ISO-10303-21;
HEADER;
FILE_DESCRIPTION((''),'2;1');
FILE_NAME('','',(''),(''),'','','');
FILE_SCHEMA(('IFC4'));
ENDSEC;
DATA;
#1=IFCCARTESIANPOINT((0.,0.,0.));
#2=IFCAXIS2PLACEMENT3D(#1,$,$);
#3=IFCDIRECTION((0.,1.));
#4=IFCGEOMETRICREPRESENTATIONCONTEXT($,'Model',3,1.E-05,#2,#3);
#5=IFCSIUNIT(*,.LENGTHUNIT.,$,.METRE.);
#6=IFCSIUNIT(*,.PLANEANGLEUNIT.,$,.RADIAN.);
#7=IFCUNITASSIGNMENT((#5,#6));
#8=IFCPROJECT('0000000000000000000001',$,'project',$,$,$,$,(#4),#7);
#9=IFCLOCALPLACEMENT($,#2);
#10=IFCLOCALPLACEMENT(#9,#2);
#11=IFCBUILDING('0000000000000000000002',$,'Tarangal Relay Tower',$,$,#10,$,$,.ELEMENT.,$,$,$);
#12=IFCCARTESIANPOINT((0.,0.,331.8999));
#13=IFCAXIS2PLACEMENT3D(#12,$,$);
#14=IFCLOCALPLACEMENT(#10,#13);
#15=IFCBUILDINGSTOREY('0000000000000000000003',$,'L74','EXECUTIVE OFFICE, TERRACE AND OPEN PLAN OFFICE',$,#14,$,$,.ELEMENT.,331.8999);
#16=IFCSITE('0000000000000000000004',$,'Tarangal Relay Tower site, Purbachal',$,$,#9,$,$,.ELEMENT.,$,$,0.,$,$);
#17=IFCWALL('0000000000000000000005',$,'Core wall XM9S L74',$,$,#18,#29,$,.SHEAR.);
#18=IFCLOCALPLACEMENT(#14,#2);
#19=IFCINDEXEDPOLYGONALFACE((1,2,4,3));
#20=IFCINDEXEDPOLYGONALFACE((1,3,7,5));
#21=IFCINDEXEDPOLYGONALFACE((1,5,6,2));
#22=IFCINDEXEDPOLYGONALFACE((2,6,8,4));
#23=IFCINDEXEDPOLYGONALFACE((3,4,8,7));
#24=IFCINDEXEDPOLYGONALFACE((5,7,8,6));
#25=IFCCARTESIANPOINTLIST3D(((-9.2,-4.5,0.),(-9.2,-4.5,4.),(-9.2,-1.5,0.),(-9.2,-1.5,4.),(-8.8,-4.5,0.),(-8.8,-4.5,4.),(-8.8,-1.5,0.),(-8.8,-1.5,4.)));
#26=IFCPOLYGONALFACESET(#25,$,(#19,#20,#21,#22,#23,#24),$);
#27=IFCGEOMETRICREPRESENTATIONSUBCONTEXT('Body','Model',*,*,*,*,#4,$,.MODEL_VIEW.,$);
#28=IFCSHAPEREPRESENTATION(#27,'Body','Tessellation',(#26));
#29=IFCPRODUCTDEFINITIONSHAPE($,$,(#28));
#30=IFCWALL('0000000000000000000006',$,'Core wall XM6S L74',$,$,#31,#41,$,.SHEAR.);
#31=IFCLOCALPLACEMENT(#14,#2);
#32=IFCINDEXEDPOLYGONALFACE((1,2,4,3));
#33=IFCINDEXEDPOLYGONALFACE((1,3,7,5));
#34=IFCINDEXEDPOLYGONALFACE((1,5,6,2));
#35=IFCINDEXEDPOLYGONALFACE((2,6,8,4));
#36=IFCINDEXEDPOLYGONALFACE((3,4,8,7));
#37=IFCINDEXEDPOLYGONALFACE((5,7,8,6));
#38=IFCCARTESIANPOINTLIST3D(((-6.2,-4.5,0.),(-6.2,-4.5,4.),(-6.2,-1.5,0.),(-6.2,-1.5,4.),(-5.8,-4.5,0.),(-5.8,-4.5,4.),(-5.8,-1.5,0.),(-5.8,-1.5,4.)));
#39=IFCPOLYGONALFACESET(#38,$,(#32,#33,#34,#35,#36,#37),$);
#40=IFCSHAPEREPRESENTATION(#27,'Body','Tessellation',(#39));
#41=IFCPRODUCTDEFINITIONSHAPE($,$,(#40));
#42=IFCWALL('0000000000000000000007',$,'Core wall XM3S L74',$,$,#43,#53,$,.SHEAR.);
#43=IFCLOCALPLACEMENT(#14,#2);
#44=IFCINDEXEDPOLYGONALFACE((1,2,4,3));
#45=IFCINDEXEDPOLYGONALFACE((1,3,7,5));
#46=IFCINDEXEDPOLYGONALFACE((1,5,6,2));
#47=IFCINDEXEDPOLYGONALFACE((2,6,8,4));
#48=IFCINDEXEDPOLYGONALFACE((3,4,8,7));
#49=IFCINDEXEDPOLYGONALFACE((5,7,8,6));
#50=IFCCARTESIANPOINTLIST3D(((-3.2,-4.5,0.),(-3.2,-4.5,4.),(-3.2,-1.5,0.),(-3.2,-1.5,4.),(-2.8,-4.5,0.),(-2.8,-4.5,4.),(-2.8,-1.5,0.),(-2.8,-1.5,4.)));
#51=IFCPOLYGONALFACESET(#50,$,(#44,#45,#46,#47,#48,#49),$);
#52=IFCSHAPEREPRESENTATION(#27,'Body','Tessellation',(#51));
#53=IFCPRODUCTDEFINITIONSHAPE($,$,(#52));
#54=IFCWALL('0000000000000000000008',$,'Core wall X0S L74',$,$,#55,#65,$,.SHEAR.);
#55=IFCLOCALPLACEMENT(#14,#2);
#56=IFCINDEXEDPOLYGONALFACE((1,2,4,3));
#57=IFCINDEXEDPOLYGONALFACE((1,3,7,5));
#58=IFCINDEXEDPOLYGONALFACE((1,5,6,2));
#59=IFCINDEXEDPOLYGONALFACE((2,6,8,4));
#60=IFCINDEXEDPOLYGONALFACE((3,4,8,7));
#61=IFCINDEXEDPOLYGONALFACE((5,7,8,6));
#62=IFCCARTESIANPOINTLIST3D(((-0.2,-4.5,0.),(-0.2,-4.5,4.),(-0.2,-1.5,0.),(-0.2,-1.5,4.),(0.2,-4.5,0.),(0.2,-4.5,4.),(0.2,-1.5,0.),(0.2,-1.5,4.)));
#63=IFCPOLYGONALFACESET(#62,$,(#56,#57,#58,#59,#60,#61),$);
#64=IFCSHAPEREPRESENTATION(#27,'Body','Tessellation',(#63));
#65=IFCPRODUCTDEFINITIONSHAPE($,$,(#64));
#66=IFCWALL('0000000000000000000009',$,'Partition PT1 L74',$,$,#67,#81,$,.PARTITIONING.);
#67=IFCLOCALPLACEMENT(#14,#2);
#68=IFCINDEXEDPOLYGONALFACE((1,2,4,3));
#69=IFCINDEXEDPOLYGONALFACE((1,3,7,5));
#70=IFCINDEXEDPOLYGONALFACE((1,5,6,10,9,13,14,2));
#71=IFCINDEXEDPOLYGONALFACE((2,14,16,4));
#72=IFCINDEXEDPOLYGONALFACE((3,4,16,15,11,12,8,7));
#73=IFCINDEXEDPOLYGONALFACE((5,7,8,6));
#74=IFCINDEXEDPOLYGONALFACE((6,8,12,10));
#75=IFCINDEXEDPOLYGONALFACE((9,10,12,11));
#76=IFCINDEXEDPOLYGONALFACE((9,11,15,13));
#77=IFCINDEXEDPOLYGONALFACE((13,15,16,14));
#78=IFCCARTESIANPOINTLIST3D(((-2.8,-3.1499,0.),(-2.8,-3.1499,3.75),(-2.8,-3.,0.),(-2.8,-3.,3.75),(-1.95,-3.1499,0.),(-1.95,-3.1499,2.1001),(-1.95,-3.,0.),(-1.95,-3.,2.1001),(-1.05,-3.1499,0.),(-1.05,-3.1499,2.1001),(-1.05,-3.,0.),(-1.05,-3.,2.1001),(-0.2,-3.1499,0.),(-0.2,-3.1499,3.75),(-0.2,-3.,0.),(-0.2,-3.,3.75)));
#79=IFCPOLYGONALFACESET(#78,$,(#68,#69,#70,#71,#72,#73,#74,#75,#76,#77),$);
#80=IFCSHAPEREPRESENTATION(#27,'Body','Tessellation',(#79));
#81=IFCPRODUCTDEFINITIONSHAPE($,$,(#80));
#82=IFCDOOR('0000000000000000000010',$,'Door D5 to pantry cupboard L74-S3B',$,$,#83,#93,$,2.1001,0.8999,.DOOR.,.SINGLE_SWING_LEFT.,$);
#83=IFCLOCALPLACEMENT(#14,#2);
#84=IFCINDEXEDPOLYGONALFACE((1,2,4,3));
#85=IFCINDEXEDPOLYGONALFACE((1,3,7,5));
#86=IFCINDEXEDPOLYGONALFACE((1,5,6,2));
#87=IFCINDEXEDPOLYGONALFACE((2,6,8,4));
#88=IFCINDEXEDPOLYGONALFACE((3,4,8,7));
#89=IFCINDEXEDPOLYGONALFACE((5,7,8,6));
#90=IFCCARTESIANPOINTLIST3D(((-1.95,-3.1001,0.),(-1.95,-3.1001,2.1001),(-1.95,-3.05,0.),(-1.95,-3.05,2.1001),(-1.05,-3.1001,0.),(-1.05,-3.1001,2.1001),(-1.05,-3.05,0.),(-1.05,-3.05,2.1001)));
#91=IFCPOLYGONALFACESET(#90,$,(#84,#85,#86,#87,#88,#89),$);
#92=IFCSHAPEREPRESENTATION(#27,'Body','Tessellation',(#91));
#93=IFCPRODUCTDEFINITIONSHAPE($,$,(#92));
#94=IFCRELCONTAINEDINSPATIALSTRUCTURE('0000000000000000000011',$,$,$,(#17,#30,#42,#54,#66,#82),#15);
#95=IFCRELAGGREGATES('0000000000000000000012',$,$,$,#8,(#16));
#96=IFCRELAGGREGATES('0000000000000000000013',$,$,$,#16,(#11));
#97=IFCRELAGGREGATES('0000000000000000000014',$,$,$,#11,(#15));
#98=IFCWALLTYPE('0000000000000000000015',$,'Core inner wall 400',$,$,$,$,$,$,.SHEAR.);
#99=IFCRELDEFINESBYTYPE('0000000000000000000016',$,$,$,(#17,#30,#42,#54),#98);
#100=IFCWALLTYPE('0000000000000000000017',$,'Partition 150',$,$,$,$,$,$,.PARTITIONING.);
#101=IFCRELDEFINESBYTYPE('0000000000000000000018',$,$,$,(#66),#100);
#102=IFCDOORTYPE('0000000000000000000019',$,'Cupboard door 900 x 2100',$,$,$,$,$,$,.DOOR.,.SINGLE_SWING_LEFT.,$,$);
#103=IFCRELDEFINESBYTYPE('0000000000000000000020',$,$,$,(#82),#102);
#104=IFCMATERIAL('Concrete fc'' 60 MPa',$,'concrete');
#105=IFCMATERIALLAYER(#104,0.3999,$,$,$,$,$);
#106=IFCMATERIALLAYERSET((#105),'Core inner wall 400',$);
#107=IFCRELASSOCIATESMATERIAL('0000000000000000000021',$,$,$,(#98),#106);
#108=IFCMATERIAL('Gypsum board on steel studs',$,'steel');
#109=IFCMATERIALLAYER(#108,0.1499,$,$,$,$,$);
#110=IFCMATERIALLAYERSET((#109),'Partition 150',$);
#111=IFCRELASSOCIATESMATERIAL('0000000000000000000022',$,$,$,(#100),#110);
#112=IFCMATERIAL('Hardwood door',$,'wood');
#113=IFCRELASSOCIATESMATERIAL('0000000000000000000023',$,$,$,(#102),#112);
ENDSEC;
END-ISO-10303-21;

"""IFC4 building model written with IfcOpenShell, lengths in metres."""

from ifc_helpers import new_model, si_unit, direction, frame, frame_2d, origin, place, context, subcontext, project, spatial, rectangle, extrude, material, layer, layer_set, type_object, element, fill, save


model = new_model("IFC4")

# Units and contexts
model_context = context("Model", 3, precision=1e-05, world=origin(), true_north=direction((0.0, 1.0)))
body_context = subcontext(model_context, "Body", "Model", "MODEL_VIEW")
ifc_project = project(units=[si_unit("LENGTHUNIT", "METRE"), si_unit("PLANEANGLEUNIT", "RADIAN")], contexts=[model_context])

# Site, building, storey
site_placement = place(None, origin())
site = spatial("IfcSite", under=ifc_project, at=site_placement, Name="Tarangal Relay Tower site, Purbachal", CompositionType="ELEMENT", RefElevation=0.0)
building_placement = place(site_placement, origin())
building = spatial("IfcBuilding", under=site, at=building_placement, Name="Tarangal Relay Tower", CompositionType="ELEMENT")
storey_placement = place(building_placement, frame((0.0, 0.0, 331.8999)))
storey = spatial("IfcBuildingStorey", under=building, at=storey_placement, Name="L74", Description="EXECUTIVE OFFICE, TERRACE AND OPEN PLAN OFFICE", CompositionType="ELEMENT", Elevation=331.8999)

# Shared definitions
ifc_material_1 = material(Name="Concrete fc' 60 MPa", Category="concrete")
ifc_layer_1 = layer(ifc_material_1, 0.3999)
ifc_layer_set_1 = layer_set([ifc_layer_1], Name="Core inner wall 400")
wall_type_1 = type_object("IfcWallType", Name="Core inner wall 400", PredefinedType="SHEAR", material=ifc_layer_set_1)

# Shared definitions
ifc_material_2 = material(Name="Hardwood door", Category="wood")

# Walls
for number, where, z_axis, x_axis, name in (
    (1, (-9.0, -4.5, 0.0), (0.0, 0.0, 1.0), (0.0, 1.0, 0.0), "Core wall XM9S L74"),
    (2, (-6.0, -4.5, 0.0), (0.0, 0.0, 1.0), (0.0, 1.0, 0.0), "Core wall XM6S L74"),
    (3, (-3.0, -4.5, 0.0), (0.0, 0.0, 1.0), (0.0, 1.0, 0.0), "Core wall XM3S L74"),
    (4, (0.0, -4.5, 0.0), (0.0, 0.0, 1.0), (0.0, 1.0, 0.0), "Core wall X0S L74"),
):
    element("IfcWall", number, at=place(storey_placement, frame(where, z_axis=z_axis, x_axis=x_axis)), inside=storey, type_object=wall_type_1, Name=name, PredefinedType="SHEAR", context=body_context, shape_type="SweptSolid", body=[
        extrude(rectangle(XDim=3.0, YDim=0.3999, at=frame_2d((1.5, 0.0))), origin(), (0.0, 0.0, 1.0), 4.0),
    ])

# Wall, opening, door
ifc_material_3 = material(Name="Gypsum board on steel studs", Category="steel")
ifc_layer_2 = layer(ifc_material_3, 0.1499)
ifc_layer_set_2 = layer_set([ifc_layer_2], Name="Partition 150")
wall_type_2 = type_object("IfcWallType", Name="Partition 150", PredefinedType="PARTITIONING", material=ifc_layer_set_2)
wall_1_placement = place(storey_placement, frame((-2.8, -3.075, 0.0), z_axis=(0.0, 0.0, 1.0), x_axis=(1.0, 0.0, 0.0)))
wall_1 = element("IfcWall", 5, at=wall_1_placement, inside=storey, type_object=wall_type_2, Name="Partition PT1 L74", PredefinedType="PARTITIONING", context=body_context, shape_type="SweptSolid", body=[
    extrude(rectangle(XDim=2.6001, YDim=0.1499, at=frame_2d((1.3, 0.0))), origin(), (0.0, 0.0, 1.0), 3.75),
])
opening_1_placement = place(wall_1_placement, frame((0.8501, 0.0, 0.0)))
opening_1 = element("IfcOpeningElement", 6, at=opening_1_placement, cuts=wall_1, PredefinedType="OPENING", context=body_context, shape_type="SweptSolid", body=[
    extrude(rectangle(XDim=0.8999, YDim=2.1001, at=frame_2d((0.45, 1.05))), frame((0.0, 0.085, 0.0), z_axis=(0.0, -1.0, 0.0), x_axis=(1.0, 0.0, 0.0)), (0.0, 0.0, 1.0), 0.1699),
])
door_type_1 = type_object("IfcDoorType", Name="Cupboard door 900 x 2100", OperationType="SINGLE_SWING_LEFT", PredefinedType="DOOR", material=ifc_material_2)
door_1_placement = place(opening_1_placement, origin())
door_1 = element("IfcDoor", 7, at=door_1_placement, inside=storey, type_object=door_type_1, Name="Door D5 to pantry cupboard L74-S3B", OperationType="SINGLE_SWING_LEFT", OverallHeight=2.1001, OverallWidth=0.8999, PredefinedType="DOOR", context=body_context, shape_type="SweptSolid", body=[
    extrude(rectangle(XDim=0.8999, YDim=2.1001, at=frame_2d((0.45, 1.05))), frame((0.0, 0.0249, 0.0), z_axis=(0.0, -1.0, 0.0), x_axis=(1.0, 0.0, 0.0)), (0.0, 0.0, 1.0), 0.05),
])
fill(opening_1, door_1)

save(model, "model.ifc")
